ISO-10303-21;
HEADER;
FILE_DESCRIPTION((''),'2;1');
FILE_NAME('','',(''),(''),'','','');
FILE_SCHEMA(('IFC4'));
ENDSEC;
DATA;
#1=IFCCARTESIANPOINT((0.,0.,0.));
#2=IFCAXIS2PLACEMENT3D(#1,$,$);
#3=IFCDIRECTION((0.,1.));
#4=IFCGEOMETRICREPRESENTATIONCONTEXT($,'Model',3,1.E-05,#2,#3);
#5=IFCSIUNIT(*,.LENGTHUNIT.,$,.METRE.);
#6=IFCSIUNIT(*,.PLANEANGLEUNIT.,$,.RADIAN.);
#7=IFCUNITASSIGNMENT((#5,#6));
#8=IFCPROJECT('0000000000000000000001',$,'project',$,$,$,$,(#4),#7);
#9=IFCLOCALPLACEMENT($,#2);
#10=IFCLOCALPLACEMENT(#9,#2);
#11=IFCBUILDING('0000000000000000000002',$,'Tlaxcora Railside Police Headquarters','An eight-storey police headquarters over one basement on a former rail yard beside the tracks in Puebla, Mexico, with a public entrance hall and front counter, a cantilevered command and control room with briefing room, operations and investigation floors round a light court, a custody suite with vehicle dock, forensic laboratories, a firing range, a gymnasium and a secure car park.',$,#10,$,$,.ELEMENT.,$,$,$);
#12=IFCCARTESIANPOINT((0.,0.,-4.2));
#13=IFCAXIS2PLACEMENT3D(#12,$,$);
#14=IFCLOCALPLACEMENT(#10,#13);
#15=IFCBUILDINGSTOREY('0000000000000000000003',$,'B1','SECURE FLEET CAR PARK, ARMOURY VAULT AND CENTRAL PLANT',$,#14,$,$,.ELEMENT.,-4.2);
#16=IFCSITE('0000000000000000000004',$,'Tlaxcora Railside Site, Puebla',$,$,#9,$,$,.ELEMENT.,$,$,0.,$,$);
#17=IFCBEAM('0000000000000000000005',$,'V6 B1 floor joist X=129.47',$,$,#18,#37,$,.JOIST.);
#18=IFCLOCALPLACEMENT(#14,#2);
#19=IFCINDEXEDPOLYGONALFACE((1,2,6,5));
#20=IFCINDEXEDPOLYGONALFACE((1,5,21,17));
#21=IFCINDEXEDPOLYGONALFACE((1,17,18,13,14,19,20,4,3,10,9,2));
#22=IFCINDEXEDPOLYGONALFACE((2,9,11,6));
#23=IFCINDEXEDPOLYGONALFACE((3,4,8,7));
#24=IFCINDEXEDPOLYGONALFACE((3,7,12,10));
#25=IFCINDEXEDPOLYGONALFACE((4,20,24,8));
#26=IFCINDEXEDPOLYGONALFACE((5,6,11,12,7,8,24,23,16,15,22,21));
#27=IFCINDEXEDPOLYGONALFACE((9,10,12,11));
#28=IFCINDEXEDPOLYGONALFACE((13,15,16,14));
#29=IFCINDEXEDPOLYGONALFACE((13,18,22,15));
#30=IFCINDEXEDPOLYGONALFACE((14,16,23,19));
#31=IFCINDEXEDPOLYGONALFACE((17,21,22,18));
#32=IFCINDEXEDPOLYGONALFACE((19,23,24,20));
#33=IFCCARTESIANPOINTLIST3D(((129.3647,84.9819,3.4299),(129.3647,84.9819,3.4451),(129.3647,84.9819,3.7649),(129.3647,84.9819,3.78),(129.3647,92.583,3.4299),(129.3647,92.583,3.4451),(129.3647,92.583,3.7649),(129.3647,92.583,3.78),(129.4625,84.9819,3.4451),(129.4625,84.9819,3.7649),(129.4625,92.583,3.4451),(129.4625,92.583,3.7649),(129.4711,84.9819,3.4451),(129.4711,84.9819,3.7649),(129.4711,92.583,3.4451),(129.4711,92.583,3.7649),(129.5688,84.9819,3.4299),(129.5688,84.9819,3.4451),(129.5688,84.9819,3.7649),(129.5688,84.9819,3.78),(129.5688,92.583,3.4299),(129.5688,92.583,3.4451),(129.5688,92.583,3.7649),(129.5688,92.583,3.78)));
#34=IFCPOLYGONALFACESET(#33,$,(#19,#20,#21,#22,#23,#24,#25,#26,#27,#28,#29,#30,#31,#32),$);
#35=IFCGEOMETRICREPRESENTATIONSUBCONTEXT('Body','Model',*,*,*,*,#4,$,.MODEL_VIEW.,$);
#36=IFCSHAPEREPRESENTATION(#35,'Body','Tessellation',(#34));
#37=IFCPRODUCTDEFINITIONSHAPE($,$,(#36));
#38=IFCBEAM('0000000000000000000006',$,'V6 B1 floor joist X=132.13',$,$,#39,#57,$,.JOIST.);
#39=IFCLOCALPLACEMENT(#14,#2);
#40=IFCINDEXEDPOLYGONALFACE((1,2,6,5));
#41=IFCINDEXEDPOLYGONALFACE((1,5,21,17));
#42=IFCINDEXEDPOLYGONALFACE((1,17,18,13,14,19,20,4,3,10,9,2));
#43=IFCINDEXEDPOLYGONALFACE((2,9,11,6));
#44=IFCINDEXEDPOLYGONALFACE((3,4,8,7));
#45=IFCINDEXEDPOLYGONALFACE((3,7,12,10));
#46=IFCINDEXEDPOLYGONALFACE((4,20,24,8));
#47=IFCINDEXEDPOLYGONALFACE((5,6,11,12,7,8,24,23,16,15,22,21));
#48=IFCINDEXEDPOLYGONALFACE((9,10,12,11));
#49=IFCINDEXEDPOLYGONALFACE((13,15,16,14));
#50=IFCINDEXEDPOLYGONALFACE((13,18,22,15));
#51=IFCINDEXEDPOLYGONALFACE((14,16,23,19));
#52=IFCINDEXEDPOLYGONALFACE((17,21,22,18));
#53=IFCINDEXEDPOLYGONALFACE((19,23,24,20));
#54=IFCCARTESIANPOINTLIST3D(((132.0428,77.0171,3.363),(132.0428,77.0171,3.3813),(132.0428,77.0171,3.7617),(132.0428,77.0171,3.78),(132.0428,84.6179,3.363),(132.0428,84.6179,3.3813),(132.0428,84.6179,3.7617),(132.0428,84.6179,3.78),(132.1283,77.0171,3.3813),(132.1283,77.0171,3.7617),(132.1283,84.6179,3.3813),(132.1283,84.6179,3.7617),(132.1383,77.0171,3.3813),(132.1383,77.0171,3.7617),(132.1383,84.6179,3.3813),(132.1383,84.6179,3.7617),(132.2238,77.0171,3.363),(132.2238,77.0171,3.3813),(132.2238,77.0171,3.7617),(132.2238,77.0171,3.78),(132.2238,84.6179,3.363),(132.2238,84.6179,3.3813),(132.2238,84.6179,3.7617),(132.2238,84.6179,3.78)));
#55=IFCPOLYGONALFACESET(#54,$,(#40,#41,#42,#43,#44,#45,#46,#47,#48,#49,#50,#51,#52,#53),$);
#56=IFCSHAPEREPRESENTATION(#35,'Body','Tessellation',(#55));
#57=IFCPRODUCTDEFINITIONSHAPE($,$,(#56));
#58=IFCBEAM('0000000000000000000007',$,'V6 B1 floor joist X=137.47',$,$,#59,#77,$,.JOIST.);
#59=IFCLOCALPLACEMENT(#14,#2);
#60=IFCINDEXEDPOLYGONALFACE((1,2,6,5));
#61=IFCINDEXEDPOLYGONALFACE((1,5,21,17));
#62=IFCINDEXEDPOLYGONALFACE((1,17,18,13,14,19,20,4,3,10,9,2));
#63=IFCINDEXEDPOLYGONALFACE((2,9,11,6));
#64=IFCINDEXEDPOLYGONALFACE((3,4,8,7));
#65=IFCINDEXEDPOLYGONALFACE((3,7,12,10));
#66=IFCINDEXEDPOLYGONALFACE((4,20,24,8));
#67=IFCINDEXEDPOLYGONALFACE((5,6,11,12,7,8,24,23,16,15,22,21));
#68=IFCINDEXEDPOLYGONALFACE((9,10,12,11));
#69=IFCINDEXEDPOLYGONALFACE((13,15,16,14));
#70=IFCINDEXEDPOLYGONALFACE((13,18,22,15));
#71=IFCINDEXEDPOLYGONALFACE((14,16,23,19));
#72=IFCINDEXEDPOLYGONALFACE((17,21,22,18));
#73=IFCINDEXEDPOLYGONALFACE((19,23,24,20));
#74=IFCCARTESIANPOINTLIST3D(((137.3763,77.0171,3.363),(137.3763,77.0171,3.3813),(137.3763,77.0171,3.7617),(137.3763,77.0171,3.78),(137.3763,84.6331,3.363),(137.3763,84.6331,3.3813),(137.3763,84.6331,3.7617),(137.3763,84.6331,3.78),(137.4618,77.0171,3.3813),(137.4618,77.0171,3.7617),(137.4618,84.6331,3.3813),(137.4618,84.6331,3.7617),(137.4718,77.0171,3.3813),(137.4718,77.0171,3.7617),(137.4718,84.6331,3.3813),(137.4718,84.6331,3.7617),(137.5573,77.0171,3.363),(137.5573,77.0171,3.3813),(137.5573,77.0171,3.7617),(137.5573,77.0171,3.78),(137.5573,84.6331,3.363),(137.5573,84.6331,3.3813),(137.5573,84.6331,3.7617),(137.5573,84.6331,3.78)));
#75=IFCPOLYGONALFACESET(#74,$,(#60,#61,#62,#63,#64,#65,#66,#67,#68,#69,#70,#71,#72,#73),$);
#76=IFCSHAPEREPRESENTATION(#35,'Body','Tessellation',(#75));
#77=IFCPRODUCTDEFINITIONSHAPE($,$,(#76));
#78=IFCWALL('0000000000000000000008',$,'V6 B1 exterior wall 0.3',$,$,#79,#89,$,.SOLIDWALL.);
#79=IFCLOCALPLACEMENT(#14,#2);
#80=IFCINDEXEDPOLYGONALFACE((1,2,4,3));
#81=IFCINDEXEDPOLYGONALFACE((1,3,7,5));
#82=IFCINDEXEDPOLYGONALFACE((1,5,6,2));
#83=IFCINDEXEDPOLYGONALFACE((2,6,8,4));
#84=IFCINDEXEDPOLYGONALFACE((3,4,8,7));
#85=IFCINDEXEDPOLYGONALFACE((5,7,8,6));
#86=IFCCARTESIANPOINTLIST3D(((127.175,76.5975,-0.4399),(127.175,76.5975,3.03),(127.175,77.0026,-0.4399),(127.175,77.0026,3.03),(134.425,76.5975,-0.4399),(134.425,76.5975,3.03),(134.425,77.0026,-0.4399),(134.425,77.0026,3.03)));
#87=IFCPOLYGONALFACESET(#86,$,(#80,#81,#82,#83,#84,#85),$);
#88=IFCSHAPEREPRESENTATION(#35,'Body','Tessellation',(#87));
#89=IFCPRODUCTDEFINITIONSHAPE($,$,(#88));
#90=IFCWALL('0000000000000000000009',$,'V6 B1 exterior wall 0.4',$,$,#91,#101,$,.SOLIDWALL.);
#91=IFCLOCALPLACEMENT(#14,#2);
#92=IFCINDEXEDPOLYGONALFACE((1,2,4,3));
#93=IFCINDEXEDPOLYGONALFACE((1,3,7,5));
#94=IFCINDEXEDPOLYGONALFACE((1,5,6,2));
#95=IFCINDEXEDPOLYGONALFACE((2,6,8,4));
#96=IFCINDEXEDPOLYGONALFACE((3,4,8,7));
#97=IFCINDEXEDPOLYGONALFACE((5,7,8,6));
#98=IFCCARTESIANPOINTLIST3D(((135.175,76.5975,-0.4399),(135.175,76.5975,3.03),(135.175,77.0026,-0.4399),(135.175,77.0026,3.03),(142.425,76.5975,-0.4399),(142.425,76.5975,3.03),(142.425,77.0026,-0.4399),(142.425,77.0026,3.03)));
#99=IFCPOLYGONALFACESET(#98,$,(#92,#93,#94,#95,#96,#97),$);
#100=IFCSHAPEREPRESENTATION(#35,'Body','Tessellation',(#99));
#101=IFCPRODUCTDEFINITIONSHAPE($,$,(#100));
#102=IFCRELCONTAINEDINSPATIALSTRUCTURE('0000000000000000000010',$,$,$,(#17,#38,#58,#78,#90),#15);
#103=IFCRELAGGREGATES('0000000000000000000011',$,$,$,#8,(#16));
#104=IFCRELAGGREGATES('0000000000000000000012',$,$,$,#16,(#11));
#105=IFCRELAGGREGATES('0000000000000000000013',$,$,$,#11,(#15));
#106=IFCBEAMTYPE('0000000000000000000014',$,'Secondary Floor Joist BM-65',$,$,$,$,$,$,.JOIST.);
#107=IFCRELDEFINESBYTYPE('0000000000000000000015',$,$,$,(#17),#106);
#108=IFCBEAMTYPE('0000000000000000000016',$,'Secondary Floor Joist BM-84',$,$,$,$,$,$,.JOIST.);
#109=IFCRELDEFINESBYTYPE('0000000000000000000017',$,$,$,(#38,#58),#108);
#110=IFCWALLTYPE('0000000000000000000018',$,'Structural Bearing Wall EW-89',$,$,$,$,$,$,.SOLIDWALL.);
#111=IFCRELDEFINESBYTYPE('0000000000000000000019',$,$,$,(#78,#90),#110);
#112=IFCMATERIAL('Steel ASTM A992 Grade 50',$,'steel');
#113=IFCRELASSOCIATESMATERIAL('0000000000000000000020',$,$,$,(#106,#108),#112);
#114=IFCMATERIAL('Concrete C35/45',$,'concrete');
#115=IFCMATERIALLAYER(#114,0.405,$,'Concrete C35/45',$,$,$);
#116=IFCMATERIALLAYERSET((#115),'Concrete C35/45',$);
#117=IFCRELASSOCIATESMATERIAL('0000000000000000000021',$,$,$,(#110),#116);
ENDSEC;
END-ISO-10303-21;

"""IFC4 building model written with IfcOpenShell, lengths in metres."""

from ifc_helpers import new_model, si_unit, direction, frame, frame_2d, origin, origin_2d, place, context, subcontext, project, spatial, rectangle, i_section, extrude, material, layer, layer_set, material_profile, profile_set, type_object, element, save


model = new_model("IFC4")

# Units and contexts
model_context = context("Model", 3, precision=1e-05, world=origin(), true_north=direction((0.0, 1.0)))
body_context = subcontext(model_context, "Body", "Model", "MODEL_VIEW")
ifc_project = project(units=[si_unit("LENGTHUNIT", "METRE"), si_unit("PLANEANGLEUNIT", "RADIAN")], contexts=[model_context])

# Site, building, storey
site_placement = place(None, origin())
site = spatial("IfcSite", under=ifc_project, at=site_placement, Name="Tlaxcora Railside Site, Puebla", CompositionType="ELEMENT", RefElevation=0.0)
building_placement = place(site_placement, origin())
building = spatial("IfcBuilding", under=site, at=building_placement, Name="Tlaxcora Railside Police Headquarters", Description="An eight-storey police headquarters over one basement on a former rail yard beside the tracks in Puebla, Mexico, with a public entrance hall and front counter, a cantilevered command and control room with briefing room, operations and investigation floors round a light court, a custody suite with vehicle dock, forensic laboratories, a firing range, a gymnasium and a secure car park.", CompositionType="ELEMENT")
storey_placement = place(building_placement, frame((0.0, 0.0, -4.2)))
storey = spatial("IfcBuildingStorey", under=building, at=storey_placement, Name="B1", Description="SECURE FLEET CAR PARK, ARMOURY VAULT AND CENTRAL PLANT", CompositionType="ELEMENT", Elevation=-4.2)

# Shared definitions
ifc_material_1 = material(Name="Concrete C35/45", Category="concrete")

# Beams
ifc_material_2 = material(Name="Steel ASTM A992 Grade 50", Category="steel")
ifc_material_profile_1 = material_profile(ifc_material_2, i_section(OverallWidth=0.2041, OverallDepth=0.3501, WebThickness=0.0085, FlangeThickness=0.0151, at=origin_2d()), Name="W14X48")
ifc_profile_set_1 = profile_set([ifc_material_profile_1], Name="Steel ASTM A992 Grade 50")
beam_type_1 = type_object("IfcBeamType", Name="Secondary Floor Joist BM-65", PredefinedType="JOIST", material=ifc_profile_set_1)
beam_1_placement = place(storey_placement, frame((129.4668, 84.9819, 3.605), z_axis=(0.0, 1.0, 0.0), x_axis=(-1.0, 0.0, 0.0)))
element("IfcBeam", 1, at=beam_1_placement, inside=storey, type_object=beam_type_1, Name="V6 B1 floor joist X=129.47", PredefinedType="JOIST", context=body_context, shape_type="SweptSolid", body=[
    extrude(i_section(OverallWidth=0.2041, OverallDepth=0.3501, WebThickness=0.0085, FlangeThickness=0.0151, at=origin_2d()), origin(), (0.0, 0.0, 1.0), 7.6011),
])
ifc_material_profile_2 = material_profile(ifc_material_2, i_section(OverallWidth=0.1809, OverallDepth=0.417, WebThickness=0.01, FlangeThickness=0.0183, at=origin_2d()), Name="W16X57")
ifc_profile_set_2 = profile_set([ifc_material_profile_2], Name="Steel ASTM A992 Grade 50")
beam_type_2 = type_object("IfcBeamType", Name="Secondary Floor Joist BM-84", PredefinedType="JOIST", material=ifc_profile_set_2)
beam_2_placement = place(storey_placement, frame((132.1333, 77.0171, 3.5715), z_axis=(0.0, 1.0, 0.0), x_axis=(-1.0, 0.0, 0.0)))
element("IfcBeam", 2, at=beam_2_placement, inside=storey, type_object=beam_type_2, Name="V6 B1 floor joist X=132.13", PredefinedType="JOIST", context=body_context, shape_type="SweptSolid", body=[
    extrude(i_section(OverallWidth=0.1809, OverallDepth=0.417, WebThickness=0.01, FlangeThickness=0.0183, at=origin_2d()), origin(), (0.0, 0.0, 1.0), 7.6008),
])
beam_3_placement = place(storey_placement, frame((137.4668, 77.0171, 3.5715), z_axis=(0.0, 1.0, 0.0), x_axis=(-1.0, 0.0, 0.0)))
element("IfcBeam", 3, at=beam_3_placement, inside=storey, type_object=beam_type_2, Name="V6 B1 floor joist X=137.47", PredefinedType="JOIST", context=body_context, shape_type="SweptSolid", body=[
    extrude(i_section(OverallWidth=0.1809, OverallDepth=0.417, WebThickness=0.01, FlangeThickness=0.0183, at=origin_2d()), origin(), (0.0, 0.0, 1.0), 7.616),
])

# Walls
ifc_layer_1 = layer(ifc_material_1, 0.405, Name="Concrete C35/45")
ifc_layer_set_1 = layer_set([ifc_layer_1], Name="Concrete C35/45")
wall_type_1 = type_object("IfcWallType", Name="Structural Bearing Wall EW-89", PredefinedType="SOLIDWALL", material=ifc_layer_set_1)
for number, where, z_axis, x_axis, name in (
    (4, (127.175, 76.8, -0.4399), (0.0, 0.0, 1.0), (1.0, 0.0, 0.0), "V6 B1 exterior wall 0.3"),
    (5, (135.175, 76.8, -0.4399), (0.0, 0.0, 1.0), (1.0, 0.0, 0.0), "V6 B1 exterior wall 0.4"),
):
    element("IfcWall", number, at=place(storey_placement, frame(where, z_axis=z_axis, x_axis=x_axis)), inside=storey, type_object=wall_type_1, Name=name, PredefinedType="SOLIDWALL", context=body_context, shape_type="SweptSolid", body=[
        extrude(rectangle(XDim=7.25, YDim=0.405, at=frame_2d((3.625, 0.0))), origin(), (0.0, 0.0, 1.0), 3.47),
    ])

save(model, "model.ifc")
